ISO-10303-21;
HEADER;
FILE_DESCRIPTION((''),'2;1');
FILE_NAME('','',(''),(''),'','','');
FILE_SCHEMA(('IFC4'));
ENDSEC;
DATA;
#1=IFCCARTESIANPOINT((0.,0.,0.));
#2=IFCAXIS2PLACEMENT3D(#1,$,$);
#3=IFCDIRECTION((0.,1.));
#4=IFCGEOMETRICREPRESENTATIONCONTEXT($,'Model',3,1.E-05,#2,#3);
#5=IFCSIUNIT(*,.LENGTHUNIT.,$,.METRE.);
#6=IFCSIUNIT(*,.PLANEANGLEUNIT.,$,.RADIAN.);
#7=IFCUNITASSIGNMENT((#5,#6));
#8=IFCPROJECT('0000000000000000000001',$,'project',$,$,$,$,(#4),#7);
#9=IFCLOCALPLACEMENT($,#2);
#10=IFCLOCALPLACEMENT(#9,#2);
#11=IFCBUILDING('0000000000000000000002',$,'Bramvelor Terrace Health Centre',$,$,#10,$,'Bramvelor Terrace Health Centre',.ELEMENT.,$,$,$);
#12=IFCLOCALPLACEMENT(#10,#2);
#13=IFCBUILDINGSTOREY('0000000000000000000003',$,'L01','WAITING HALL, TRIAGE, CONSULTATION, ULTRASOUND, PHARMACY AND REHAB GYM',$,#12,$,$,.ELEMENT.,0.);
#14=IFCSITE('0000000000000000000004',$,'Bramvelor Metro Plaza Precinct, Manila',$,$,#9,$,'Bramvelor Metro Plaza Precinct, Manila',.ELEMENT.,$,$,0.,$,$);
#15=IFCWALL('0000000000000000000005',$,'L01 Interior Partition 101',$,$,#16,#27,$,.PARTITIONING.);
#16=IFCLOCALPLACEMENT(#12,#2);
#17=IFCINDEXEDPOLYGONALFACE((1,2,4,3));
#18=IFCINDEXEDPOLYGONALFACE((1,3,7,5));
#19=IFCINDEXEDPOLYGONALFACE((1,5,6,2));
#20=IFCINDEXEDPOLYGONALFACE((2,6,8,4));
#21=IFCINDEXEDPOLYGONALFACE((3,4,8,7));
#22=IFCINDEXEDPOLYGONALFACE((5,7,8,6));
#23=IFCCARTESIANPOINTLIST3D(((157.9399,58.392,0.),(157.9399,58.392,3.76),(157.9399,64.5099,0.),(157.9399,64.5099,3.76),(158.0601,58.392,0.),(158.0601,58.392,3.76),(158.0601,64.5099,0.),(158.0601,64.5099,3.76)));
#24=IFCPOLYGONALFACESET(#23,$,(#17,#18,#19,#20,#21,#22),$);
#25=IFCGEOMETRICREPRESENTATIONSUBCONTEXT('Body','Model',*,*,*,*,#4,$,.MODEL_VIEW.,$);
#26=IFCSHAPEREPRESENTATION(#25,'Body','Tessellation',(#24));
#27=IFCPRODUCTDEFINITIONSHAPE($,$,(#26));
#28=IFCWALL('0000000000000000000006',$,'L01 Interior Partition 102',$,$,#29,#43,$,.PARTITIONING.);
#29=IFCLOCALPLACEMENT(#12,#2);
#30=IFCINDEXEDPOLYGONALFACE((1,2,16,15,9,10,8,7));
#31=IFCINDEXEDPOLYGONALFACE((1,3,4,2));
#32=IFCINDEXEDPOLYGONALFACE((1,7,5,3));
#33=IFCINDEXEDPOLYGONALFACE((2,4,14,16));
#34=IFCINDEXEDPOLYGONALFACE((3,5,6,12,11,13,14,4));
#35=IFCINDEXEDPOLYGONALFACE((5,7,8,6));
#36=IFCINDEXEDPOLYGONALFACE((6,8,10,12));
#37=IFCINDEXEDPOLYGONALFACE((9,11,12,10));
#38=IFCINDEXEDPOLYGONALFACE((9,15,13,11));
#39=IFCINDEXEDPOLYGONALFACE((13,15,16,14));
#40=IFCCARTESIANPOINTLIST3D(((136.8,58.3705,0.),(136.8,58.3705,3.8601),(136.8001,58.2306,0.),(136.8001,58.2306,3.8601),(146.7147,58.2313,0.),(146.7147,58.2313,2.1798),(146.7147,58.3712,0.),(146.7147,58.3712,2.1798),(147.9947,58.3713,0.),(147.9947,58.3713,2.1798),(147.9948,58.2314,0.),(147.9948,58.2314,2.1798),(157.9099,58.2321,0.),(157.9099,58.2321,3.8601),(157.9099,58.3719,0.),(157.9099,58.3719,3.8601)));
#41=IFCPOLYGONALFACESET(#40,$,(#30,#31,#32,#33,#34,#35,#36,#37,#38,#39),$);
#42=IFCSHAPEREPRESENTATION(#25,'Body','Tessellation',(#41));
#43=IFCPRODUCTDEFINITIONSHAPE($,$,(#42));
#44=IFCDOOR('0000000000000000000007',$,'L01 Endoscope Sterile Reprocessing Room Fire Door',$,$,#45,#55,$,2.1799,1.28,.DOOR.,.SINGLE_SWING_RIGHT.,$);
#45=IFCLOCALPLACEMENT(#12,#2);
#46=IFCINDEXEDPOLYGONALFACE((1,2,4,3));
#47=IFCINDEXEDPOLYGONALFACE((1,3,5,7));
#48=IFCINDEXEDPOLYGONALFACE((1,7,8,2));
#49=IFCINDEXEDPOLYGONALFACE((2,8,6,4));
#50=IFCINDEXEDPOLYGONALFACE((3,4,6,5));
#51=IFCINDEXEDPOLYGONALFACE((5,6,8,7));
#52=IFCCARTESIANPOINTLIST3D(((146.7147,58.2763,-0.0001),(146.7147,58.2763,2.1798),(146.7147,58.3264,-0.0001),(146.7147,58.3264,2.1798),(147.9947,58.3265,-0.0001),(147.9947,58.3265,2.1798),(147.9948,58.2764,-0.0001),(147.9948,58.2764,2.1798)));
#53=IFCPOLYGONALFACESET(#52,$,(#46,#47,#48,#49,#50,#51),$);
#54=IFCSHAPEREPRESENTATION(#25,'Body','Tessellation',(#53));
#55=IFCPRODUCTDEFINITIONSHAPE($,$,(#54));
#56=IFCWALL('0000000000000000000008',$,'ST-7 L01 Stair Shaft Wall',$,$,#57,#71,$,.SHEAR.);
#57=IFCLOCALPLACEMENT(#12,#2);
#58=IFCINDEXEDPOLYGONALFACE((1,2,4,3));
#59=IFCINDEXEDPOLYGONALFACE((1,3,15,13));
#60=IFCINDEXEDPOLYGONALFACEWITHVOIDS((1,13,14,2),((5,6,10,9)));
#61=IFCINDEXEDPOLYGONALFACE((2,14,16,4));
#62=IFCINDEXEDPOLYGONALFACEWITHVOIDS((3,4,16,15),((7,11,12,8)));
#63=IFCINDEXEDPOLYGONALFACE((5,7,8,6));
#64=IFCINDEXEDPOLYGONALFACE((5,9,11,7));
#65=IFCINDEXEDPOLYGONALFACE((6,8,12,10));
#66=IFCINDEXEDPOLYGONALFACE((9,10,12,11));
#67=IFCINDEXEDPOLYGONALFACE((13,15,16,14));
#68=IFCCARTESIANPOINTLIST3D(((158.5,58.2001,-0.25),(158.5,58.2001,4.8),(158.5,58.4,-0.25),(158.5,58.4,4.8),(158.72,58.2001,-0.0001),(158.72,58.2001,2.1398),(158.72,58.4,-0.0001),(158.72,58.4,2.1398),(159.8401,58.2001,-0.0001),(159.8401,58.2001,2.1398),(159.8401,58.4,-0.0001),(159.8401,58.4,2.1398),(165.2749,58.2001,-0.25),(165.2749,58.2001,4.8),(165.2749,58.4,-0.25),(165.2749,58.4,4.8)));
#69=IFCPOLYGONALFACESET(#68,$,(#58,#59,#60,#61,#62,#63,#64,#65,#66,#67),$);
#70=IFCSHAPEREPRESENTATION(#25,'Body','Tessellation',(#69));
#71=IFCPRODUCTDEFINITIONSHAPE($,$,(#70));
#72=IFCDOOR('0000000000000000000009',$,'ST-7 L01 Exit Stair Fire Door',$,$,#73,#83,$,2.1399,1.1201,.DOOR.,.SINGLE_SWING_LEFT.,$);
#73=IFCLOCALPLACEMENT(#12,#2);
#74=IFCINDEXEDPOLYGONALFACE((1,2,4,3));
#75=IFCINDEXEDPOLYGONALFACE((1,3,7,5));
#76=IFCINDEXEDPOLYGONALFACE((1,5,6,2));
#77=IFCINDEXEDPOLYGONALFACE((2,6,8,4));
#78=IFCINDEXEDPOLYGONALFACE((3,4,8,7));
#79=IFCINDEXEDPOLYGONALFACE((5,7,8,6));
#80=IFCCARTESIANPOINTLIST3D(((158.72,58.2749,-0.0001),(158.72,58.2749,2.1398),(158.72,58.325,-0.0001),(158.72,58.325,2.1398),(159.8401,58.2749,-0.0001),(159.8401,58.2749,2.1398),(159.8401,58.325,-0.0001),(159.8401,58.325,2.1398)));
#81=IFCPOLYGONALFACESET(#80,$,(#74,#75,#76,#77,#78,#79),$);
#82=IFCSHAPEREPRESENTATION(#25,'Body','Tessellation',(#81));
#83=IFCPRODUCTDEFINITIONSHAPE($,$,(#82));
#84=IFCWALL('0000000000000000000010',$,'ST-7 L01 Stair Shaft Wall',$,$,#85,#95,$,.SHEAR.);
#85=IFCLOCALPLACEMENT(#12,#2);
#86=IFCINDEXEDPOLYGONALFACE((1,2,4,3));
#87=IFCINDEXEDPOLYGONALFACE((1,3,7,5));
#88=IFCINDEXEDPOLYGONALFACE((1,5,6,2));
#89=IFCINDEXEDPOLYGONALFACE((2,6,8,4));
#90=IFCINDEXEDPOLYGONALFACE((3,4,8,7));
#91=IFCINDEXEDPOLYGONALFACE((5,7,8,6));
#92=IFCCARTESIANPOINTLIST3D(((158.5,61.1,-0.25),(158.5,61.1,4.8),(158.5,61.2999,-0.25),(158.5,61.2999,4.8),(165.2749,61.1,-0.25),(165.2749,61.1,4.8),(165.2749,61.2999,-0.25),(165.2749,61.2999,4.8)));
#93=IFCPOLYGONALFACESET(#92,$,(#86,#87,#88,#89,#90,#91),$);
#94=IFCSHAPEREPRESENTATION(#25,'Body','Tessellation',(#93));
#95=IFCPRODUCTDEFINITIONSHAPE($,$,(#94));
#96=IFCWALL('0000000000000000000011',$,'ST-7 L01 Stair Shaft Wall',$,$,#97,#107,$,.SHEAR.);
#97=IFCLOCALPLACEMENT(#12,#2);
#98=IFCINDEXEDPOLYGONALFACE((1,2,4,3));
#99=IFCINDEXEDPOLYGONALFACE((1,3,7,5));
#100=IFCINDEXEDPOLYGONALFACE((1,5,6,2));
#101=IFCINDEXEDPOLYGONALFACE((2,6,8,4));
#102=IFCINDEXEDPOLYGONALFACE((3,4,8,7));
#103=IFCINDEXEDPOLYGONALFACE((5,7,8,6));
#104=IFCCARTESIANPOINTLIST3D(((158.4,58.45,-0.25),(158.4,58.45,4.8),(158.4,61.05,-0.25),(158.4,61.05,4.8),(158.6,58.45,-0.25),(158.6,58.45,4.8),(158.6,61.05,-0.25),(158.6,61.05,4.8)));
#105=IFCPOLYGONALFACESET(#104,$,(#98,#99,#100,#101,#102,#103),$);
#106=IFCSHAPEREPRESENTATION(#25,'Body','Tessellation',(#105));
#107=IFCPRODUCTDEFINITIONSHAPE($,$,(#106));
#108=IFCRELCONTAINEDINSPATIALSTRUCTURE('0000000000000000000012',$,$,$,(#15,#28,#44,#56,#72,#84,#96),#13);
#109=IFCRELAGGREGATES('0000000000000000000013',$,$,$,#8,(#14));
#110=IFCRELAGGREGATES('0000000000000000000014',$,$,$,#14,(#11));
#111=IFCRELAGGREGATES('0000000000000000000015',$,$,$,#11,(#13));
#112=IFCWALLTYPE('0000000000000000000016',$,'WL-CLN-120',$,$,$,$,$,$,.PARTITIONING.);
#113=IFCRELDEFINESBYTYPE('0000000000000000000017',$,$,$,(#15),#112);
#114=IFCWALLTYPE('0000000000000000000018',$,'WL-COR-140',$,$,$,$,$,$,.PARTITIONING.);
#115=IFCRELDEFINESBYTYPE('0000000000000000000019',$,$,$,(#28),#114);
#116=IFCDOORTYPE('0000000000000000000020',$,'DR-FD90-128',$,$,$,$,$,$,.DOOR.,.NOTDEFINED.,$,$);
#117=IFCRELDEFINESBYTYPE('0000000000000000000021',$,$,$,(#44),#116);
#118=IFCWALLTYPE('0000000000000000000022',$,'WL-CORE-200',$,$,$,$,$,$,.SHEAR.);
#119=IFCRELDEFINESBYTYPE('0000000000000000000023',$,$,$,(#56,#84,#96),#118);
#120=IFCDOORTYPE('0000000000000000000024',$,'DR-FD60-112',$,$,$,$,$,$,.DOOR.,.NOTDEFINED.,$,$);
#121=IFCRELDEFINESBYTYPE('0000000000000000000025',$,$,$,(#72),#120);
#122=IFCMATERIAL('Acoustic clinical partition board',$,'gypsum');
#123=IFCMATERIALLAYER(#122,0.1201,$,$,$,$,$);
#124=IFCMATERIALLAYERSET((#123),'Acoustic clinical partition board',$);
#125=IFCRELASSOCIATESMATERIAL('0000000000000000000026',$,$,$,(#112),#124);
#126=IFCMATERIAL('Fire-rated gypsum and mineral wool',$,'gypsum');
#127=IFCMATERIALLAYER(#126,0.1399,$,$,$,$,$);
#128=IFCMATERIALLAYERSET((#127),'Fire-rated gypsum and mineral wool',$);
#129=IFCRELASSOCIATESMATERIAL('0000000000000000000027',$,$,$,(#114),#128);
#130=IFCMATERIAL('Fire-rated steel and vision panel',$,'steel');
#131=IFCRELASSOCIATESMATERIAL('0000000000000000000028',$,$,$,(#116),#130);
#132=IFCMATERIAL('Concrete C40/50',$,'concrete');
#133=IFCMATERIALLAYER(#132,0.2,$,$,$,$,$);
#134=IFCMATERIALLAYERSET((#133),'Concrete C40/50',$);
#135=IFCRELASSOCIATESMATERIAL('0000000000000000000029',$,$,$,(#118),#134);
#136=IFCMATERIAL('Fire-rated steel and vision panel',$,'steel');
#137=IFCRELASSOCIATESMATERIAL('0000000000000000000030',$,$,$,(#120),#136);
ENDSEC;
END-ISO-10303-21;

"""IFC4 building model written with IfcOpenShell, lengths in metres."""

from ifc_helpers import new_model, si_unit, direction, frame, frame_2d, origin, place, context, subcontext, project, spatial, rectangle, extrude, material, layer, layer_set, type_object, element, fill, save


model = new_model("IFC4")

# Units and contexts
model_context = context("Model", 3, precision=1e-05, world=origin(), true_north=direction((0.0, 1.0)))
body_context = subcontext(model_context, "Body", "Model", "MODEL_VIEW")
ifc_project = project(units=[si_unit("LENGTHUNIT", "METRE"), si_unit("PLANEANGLEUNIT", "RADIAN")], contexts=[model_context])

# Site, building, storey
site_placement = place(None, origin())
site = spatial("IfcSite", under=ifc_project, at=site_placement, Name="Bramvelor Metro Plaza Precinct, Manila", LongName="Bramvelor Metro Plaza Precinct, Manila", CompositionType="ELEMENT", RefElevation=0.0)
building_placement = place(site_placement, origin())
building = spatial("IfcBuilding", under=site, at=building_placement, Name="Bramvelor Terrace Health Centre", LongName="Bramvelor Terrace Health Centre", CompositionType="ELEMENT")
storey_placement = place(building_placement, origin())
storey = spatial("IfcBuildingStorey", under=building, at=storey_placement, Name="L01", Description="WAITING HALL, TRIAGE, CONSULTATION, ULTRASOUND, PHARMACY AND REHAB GYM", CompositionType="ELEMENT", Elevation=0.0)

# Wall
ifc_material_1 = material(Name="Acoustic clinical partition board", Category="gypsum")
ifc_layer_1 = layer(ifc_material_1, 0.1201)
ifc_layer_set_1 = layer_set([ifc_layer_1], Name="Acoustic clinical partition board")
wall_type_1 = type_object("IfcWallType", Name="WL-CLN-120", PredefinedType="PARTITIONING", material=ifc_layer_set_1)
wall_1_placement = place(storey_placement, frame((158.0, 64.51, 0.0), z_axis=(0.0, 0.0, 1.0), x_axis=(0.0, -1.0, 0.0)))
element("IfcWall", 1, at=wall_1_placement, inside=storey, type_object=wall_type_1, Name="L01 Interior Partition 101", PredefinedType="PARTITIONING", context=body_context, shape_type="SweptSolid", body=[
    extrude(rectangle(XDim=6.1179, YDim=0.1201, at=frame_2d((3.0591, 0.0))), origin(), (0.0, 0.0, 1.0), 3.76),
])

# Walls, openings, doors
ifc_material_2 = material(Name="Fire-rated gypsum and mineral wool", Category="gypsum")
ifc_layer_2 = layer(ifc_material_2, 0.1399)
ifc_layer_set_2 = layer_set([ifc_layer_2], Name="Fire-rated gypsum and mineral wool")
wall_type_2 = type_object("IfcWallType", Name="WL-COR-140", PredefinedType="PARTITIONING", material=ifc_layer_set_2)
wall_2_placement = place(storey_placement, frame((157.9099, 58.302, 0.0), z_axis=(0.0, 0.0, 1.0), x_axis=(-1.0, -0.000069, 0.0)))
wall_2 = element("IfcWall", 2, at=wall_2_placement, inside=storey, type_object=wall_type_2, Name="L01 Interior Partition 102", PredefinedType="PARTITIONING", context=body_context, shape_type="SweptSolid", body=[
    extrude(rectangle(XDim=21.1099, YDim=0.1399, at=frame_2d((10.5549, 0.0))), origin(), (0.0, 0.0, 1.0), 3.8601),
])
opening_1_placement = place(wall_2_placement, frame((9.915, 0.0, 0.0)))
opening_1 = element("IfcOpeningElement", 3, at=opening_1_placement, cuts=wall_2, PredefinedType="OPENING", context=body_context, shape_type="SweptSolid", body=[
    extrude(rectangle(XDim=1.28, YDim=2.1799, at=frame_2d((0.6401, 1.0898))), frame((0.0, 0.0798, 0.0), z_axis=(0.0, -1.0, 0.0), x_axis=(1.0, 0.0, 0.0)), (0.0, 0.0, 1.0), 0.1599),
])
ifc_material_3 = material(Name="Fire-rated steel and vision panel", Category="steel")
door_type_1 = type_object("IfcDoorType", Name="DR-FD90-128", OperationType="NOTDEFINED", PredefinedType="DOOR", material=ifc_material_3)
door_1_placement = place(opening_1_placement, origin())
door_1 = element("IfcDoor", 4, at=door_1_placement, inside=storey, type_object=door_type_1, Name="L01 Endoscope Sterile Reprocessing Room Fire Door", OperationType="SINGLE_SWING_RIGHT", OverallHeight=2.1799, OverallWidth=1.28, PredefinedType="DOOR", context=body_context, shape_type="SweptSolid", body=[
    extrude(rectangle(XDim=1.28, YDim=2.1799, at=frame_2d((0.6401, 1.0898))), frame((0.0, 0.0249, 0.0), z_axis=(0.0, -1.0, 0.0), x_axis=(1.0, 0.0, 0.0)), (0.0, 0.0, 1.0), 0.05),
])
fill(opening_1, door_1)
ifc_material_4 = material(Name="Concrete C40/50", Category="concrete")
ifc_layer_3 = layer(ifc_material_4, 0.2)
ifc_layer_set_3 = layer_set([ifc_layer_3], Name="Concrete C40/50")
wall_type_3 = type_object("IfcWallType", Name="WL-CORE-200", PredefinedType="SHEAR", material=ifc_layer_set_3)
wall_3_placement = place(storey_placement, frame((158.5, 58.3, -0.25), z_axis=(0.0, 0.0, 1.0), x_axis=(1.0, 0.0, 0.0)))
wall_3 = element("IfcWall", 5, at=wall_3_placement, inside=storey, type_object=wall_type_3, Name="ST-7 L01 Stair Shaft Wall", PredefinedType="SHEAR", context=body_context, shape_type="SweptSolid", body=[
    extrude(rectangle(XDim=6.7749, YDim=0.2, at=frame_2d((3.3875, 0.0))), origin(), (0.0, 0.0, 1.0), 5.05),
])
opening_2_placement = place(wall_3_placement, frame((0.22, 0.0, 0.25)))
opening_2 = element("IfcOpeningElement", 6, at=opening_2_placement, cuts=wall_3, PredefinedType="OPENING", context=body_context, shape_type="SweptSolid", body=[
    extrude(rectangle(XDim=1.1201, YDim=2.1399, at=frame_2d((0.5601, 1.0698))), frame((0.0, 0.1099, 0.0), z_axis=(0.0, -1.0, 0.0), x_axis=(1.0, 0.0, 0.0)), (0.0, 0.0, 1.0), 0.22),
])
ifc_material_5 = material(Name="Fire-rated steel and vision panel", Category="steel")
door_type_2 = type_object("IfcDoorType", Name="DR-FD60-112", OperationType="NOTDEFINED", PredefinedType="DOOR", material=ifc_material_5)
door_2_placement = place(opening_2_placement, origin())
door_2 = element("IfcDoor", 7, at=door_2_placement, inside=storey, type_object=door_type_2, Name="ST-7 L01 Exit Stair Fire Door", OperationType="SINGLE_SWING_LEFT", OverallHeight=2.1399, OverallWidth=1.1201, PredefinedType="DOOR", context=body_context, shape_type="SweptSolid", body=[
    extrude(rectangle(XDim=1.1201, YDim=2.1399, at=frame_2d((0.5601, 1.0698))), frame((0.0, 0.0249, 0.0), z_axis=(0.0, -1.0, 0.0), x_axis=(1.0, 0.0, 0.0)), (0.0, 0.0, 1.0), 0.05),
])
fill(opening_2, door_2)

# Walls
wall_4_placement = place(storey_placement, frame((158.5, 61.2, -0.25), z_axis=(0.0, 0.0, 1.0), x_axis=(1.0, 0.0, 0.0)))
element("IfcWall", 8, at=wall_4_placement, inside=storey, type_object=wall_type_3, Name="ST-7 L01 Stair Shaft Wall", PredefinedType="SHEAR", context=body_context, shape_type="SweptSolid", body=[
    extrude(rectangle(XDim=6.7749, YDim=0.2, at=frame_2d((3.3875, 0.0))), origin(), (0.0, 0.0, 1.0), 5.05),
])
wall_5_placement = place(storey_placement, frame((158.5, 58.45, -0.25), z_axis=(0.0, 0.0, 1.0), x_axis=(0.0, 1.0, 0.0)))
element("IfcWall", 9, at=wall_5_placement, inside=storey, type_object=wall_type_3, Name="ST-7 L01 Stair Shaft Wall", PredefinedType="SHEAR", context=body_context, shape_type="SweptSolid", body=[
    extrude(rectangle(XDim=2.6001, YDim=0.2, at=frame_2d((1.3, 0.0))), origin(), (0.0, 0.0, 1.0), 5.05),
])

save(model, "model.ifc")
